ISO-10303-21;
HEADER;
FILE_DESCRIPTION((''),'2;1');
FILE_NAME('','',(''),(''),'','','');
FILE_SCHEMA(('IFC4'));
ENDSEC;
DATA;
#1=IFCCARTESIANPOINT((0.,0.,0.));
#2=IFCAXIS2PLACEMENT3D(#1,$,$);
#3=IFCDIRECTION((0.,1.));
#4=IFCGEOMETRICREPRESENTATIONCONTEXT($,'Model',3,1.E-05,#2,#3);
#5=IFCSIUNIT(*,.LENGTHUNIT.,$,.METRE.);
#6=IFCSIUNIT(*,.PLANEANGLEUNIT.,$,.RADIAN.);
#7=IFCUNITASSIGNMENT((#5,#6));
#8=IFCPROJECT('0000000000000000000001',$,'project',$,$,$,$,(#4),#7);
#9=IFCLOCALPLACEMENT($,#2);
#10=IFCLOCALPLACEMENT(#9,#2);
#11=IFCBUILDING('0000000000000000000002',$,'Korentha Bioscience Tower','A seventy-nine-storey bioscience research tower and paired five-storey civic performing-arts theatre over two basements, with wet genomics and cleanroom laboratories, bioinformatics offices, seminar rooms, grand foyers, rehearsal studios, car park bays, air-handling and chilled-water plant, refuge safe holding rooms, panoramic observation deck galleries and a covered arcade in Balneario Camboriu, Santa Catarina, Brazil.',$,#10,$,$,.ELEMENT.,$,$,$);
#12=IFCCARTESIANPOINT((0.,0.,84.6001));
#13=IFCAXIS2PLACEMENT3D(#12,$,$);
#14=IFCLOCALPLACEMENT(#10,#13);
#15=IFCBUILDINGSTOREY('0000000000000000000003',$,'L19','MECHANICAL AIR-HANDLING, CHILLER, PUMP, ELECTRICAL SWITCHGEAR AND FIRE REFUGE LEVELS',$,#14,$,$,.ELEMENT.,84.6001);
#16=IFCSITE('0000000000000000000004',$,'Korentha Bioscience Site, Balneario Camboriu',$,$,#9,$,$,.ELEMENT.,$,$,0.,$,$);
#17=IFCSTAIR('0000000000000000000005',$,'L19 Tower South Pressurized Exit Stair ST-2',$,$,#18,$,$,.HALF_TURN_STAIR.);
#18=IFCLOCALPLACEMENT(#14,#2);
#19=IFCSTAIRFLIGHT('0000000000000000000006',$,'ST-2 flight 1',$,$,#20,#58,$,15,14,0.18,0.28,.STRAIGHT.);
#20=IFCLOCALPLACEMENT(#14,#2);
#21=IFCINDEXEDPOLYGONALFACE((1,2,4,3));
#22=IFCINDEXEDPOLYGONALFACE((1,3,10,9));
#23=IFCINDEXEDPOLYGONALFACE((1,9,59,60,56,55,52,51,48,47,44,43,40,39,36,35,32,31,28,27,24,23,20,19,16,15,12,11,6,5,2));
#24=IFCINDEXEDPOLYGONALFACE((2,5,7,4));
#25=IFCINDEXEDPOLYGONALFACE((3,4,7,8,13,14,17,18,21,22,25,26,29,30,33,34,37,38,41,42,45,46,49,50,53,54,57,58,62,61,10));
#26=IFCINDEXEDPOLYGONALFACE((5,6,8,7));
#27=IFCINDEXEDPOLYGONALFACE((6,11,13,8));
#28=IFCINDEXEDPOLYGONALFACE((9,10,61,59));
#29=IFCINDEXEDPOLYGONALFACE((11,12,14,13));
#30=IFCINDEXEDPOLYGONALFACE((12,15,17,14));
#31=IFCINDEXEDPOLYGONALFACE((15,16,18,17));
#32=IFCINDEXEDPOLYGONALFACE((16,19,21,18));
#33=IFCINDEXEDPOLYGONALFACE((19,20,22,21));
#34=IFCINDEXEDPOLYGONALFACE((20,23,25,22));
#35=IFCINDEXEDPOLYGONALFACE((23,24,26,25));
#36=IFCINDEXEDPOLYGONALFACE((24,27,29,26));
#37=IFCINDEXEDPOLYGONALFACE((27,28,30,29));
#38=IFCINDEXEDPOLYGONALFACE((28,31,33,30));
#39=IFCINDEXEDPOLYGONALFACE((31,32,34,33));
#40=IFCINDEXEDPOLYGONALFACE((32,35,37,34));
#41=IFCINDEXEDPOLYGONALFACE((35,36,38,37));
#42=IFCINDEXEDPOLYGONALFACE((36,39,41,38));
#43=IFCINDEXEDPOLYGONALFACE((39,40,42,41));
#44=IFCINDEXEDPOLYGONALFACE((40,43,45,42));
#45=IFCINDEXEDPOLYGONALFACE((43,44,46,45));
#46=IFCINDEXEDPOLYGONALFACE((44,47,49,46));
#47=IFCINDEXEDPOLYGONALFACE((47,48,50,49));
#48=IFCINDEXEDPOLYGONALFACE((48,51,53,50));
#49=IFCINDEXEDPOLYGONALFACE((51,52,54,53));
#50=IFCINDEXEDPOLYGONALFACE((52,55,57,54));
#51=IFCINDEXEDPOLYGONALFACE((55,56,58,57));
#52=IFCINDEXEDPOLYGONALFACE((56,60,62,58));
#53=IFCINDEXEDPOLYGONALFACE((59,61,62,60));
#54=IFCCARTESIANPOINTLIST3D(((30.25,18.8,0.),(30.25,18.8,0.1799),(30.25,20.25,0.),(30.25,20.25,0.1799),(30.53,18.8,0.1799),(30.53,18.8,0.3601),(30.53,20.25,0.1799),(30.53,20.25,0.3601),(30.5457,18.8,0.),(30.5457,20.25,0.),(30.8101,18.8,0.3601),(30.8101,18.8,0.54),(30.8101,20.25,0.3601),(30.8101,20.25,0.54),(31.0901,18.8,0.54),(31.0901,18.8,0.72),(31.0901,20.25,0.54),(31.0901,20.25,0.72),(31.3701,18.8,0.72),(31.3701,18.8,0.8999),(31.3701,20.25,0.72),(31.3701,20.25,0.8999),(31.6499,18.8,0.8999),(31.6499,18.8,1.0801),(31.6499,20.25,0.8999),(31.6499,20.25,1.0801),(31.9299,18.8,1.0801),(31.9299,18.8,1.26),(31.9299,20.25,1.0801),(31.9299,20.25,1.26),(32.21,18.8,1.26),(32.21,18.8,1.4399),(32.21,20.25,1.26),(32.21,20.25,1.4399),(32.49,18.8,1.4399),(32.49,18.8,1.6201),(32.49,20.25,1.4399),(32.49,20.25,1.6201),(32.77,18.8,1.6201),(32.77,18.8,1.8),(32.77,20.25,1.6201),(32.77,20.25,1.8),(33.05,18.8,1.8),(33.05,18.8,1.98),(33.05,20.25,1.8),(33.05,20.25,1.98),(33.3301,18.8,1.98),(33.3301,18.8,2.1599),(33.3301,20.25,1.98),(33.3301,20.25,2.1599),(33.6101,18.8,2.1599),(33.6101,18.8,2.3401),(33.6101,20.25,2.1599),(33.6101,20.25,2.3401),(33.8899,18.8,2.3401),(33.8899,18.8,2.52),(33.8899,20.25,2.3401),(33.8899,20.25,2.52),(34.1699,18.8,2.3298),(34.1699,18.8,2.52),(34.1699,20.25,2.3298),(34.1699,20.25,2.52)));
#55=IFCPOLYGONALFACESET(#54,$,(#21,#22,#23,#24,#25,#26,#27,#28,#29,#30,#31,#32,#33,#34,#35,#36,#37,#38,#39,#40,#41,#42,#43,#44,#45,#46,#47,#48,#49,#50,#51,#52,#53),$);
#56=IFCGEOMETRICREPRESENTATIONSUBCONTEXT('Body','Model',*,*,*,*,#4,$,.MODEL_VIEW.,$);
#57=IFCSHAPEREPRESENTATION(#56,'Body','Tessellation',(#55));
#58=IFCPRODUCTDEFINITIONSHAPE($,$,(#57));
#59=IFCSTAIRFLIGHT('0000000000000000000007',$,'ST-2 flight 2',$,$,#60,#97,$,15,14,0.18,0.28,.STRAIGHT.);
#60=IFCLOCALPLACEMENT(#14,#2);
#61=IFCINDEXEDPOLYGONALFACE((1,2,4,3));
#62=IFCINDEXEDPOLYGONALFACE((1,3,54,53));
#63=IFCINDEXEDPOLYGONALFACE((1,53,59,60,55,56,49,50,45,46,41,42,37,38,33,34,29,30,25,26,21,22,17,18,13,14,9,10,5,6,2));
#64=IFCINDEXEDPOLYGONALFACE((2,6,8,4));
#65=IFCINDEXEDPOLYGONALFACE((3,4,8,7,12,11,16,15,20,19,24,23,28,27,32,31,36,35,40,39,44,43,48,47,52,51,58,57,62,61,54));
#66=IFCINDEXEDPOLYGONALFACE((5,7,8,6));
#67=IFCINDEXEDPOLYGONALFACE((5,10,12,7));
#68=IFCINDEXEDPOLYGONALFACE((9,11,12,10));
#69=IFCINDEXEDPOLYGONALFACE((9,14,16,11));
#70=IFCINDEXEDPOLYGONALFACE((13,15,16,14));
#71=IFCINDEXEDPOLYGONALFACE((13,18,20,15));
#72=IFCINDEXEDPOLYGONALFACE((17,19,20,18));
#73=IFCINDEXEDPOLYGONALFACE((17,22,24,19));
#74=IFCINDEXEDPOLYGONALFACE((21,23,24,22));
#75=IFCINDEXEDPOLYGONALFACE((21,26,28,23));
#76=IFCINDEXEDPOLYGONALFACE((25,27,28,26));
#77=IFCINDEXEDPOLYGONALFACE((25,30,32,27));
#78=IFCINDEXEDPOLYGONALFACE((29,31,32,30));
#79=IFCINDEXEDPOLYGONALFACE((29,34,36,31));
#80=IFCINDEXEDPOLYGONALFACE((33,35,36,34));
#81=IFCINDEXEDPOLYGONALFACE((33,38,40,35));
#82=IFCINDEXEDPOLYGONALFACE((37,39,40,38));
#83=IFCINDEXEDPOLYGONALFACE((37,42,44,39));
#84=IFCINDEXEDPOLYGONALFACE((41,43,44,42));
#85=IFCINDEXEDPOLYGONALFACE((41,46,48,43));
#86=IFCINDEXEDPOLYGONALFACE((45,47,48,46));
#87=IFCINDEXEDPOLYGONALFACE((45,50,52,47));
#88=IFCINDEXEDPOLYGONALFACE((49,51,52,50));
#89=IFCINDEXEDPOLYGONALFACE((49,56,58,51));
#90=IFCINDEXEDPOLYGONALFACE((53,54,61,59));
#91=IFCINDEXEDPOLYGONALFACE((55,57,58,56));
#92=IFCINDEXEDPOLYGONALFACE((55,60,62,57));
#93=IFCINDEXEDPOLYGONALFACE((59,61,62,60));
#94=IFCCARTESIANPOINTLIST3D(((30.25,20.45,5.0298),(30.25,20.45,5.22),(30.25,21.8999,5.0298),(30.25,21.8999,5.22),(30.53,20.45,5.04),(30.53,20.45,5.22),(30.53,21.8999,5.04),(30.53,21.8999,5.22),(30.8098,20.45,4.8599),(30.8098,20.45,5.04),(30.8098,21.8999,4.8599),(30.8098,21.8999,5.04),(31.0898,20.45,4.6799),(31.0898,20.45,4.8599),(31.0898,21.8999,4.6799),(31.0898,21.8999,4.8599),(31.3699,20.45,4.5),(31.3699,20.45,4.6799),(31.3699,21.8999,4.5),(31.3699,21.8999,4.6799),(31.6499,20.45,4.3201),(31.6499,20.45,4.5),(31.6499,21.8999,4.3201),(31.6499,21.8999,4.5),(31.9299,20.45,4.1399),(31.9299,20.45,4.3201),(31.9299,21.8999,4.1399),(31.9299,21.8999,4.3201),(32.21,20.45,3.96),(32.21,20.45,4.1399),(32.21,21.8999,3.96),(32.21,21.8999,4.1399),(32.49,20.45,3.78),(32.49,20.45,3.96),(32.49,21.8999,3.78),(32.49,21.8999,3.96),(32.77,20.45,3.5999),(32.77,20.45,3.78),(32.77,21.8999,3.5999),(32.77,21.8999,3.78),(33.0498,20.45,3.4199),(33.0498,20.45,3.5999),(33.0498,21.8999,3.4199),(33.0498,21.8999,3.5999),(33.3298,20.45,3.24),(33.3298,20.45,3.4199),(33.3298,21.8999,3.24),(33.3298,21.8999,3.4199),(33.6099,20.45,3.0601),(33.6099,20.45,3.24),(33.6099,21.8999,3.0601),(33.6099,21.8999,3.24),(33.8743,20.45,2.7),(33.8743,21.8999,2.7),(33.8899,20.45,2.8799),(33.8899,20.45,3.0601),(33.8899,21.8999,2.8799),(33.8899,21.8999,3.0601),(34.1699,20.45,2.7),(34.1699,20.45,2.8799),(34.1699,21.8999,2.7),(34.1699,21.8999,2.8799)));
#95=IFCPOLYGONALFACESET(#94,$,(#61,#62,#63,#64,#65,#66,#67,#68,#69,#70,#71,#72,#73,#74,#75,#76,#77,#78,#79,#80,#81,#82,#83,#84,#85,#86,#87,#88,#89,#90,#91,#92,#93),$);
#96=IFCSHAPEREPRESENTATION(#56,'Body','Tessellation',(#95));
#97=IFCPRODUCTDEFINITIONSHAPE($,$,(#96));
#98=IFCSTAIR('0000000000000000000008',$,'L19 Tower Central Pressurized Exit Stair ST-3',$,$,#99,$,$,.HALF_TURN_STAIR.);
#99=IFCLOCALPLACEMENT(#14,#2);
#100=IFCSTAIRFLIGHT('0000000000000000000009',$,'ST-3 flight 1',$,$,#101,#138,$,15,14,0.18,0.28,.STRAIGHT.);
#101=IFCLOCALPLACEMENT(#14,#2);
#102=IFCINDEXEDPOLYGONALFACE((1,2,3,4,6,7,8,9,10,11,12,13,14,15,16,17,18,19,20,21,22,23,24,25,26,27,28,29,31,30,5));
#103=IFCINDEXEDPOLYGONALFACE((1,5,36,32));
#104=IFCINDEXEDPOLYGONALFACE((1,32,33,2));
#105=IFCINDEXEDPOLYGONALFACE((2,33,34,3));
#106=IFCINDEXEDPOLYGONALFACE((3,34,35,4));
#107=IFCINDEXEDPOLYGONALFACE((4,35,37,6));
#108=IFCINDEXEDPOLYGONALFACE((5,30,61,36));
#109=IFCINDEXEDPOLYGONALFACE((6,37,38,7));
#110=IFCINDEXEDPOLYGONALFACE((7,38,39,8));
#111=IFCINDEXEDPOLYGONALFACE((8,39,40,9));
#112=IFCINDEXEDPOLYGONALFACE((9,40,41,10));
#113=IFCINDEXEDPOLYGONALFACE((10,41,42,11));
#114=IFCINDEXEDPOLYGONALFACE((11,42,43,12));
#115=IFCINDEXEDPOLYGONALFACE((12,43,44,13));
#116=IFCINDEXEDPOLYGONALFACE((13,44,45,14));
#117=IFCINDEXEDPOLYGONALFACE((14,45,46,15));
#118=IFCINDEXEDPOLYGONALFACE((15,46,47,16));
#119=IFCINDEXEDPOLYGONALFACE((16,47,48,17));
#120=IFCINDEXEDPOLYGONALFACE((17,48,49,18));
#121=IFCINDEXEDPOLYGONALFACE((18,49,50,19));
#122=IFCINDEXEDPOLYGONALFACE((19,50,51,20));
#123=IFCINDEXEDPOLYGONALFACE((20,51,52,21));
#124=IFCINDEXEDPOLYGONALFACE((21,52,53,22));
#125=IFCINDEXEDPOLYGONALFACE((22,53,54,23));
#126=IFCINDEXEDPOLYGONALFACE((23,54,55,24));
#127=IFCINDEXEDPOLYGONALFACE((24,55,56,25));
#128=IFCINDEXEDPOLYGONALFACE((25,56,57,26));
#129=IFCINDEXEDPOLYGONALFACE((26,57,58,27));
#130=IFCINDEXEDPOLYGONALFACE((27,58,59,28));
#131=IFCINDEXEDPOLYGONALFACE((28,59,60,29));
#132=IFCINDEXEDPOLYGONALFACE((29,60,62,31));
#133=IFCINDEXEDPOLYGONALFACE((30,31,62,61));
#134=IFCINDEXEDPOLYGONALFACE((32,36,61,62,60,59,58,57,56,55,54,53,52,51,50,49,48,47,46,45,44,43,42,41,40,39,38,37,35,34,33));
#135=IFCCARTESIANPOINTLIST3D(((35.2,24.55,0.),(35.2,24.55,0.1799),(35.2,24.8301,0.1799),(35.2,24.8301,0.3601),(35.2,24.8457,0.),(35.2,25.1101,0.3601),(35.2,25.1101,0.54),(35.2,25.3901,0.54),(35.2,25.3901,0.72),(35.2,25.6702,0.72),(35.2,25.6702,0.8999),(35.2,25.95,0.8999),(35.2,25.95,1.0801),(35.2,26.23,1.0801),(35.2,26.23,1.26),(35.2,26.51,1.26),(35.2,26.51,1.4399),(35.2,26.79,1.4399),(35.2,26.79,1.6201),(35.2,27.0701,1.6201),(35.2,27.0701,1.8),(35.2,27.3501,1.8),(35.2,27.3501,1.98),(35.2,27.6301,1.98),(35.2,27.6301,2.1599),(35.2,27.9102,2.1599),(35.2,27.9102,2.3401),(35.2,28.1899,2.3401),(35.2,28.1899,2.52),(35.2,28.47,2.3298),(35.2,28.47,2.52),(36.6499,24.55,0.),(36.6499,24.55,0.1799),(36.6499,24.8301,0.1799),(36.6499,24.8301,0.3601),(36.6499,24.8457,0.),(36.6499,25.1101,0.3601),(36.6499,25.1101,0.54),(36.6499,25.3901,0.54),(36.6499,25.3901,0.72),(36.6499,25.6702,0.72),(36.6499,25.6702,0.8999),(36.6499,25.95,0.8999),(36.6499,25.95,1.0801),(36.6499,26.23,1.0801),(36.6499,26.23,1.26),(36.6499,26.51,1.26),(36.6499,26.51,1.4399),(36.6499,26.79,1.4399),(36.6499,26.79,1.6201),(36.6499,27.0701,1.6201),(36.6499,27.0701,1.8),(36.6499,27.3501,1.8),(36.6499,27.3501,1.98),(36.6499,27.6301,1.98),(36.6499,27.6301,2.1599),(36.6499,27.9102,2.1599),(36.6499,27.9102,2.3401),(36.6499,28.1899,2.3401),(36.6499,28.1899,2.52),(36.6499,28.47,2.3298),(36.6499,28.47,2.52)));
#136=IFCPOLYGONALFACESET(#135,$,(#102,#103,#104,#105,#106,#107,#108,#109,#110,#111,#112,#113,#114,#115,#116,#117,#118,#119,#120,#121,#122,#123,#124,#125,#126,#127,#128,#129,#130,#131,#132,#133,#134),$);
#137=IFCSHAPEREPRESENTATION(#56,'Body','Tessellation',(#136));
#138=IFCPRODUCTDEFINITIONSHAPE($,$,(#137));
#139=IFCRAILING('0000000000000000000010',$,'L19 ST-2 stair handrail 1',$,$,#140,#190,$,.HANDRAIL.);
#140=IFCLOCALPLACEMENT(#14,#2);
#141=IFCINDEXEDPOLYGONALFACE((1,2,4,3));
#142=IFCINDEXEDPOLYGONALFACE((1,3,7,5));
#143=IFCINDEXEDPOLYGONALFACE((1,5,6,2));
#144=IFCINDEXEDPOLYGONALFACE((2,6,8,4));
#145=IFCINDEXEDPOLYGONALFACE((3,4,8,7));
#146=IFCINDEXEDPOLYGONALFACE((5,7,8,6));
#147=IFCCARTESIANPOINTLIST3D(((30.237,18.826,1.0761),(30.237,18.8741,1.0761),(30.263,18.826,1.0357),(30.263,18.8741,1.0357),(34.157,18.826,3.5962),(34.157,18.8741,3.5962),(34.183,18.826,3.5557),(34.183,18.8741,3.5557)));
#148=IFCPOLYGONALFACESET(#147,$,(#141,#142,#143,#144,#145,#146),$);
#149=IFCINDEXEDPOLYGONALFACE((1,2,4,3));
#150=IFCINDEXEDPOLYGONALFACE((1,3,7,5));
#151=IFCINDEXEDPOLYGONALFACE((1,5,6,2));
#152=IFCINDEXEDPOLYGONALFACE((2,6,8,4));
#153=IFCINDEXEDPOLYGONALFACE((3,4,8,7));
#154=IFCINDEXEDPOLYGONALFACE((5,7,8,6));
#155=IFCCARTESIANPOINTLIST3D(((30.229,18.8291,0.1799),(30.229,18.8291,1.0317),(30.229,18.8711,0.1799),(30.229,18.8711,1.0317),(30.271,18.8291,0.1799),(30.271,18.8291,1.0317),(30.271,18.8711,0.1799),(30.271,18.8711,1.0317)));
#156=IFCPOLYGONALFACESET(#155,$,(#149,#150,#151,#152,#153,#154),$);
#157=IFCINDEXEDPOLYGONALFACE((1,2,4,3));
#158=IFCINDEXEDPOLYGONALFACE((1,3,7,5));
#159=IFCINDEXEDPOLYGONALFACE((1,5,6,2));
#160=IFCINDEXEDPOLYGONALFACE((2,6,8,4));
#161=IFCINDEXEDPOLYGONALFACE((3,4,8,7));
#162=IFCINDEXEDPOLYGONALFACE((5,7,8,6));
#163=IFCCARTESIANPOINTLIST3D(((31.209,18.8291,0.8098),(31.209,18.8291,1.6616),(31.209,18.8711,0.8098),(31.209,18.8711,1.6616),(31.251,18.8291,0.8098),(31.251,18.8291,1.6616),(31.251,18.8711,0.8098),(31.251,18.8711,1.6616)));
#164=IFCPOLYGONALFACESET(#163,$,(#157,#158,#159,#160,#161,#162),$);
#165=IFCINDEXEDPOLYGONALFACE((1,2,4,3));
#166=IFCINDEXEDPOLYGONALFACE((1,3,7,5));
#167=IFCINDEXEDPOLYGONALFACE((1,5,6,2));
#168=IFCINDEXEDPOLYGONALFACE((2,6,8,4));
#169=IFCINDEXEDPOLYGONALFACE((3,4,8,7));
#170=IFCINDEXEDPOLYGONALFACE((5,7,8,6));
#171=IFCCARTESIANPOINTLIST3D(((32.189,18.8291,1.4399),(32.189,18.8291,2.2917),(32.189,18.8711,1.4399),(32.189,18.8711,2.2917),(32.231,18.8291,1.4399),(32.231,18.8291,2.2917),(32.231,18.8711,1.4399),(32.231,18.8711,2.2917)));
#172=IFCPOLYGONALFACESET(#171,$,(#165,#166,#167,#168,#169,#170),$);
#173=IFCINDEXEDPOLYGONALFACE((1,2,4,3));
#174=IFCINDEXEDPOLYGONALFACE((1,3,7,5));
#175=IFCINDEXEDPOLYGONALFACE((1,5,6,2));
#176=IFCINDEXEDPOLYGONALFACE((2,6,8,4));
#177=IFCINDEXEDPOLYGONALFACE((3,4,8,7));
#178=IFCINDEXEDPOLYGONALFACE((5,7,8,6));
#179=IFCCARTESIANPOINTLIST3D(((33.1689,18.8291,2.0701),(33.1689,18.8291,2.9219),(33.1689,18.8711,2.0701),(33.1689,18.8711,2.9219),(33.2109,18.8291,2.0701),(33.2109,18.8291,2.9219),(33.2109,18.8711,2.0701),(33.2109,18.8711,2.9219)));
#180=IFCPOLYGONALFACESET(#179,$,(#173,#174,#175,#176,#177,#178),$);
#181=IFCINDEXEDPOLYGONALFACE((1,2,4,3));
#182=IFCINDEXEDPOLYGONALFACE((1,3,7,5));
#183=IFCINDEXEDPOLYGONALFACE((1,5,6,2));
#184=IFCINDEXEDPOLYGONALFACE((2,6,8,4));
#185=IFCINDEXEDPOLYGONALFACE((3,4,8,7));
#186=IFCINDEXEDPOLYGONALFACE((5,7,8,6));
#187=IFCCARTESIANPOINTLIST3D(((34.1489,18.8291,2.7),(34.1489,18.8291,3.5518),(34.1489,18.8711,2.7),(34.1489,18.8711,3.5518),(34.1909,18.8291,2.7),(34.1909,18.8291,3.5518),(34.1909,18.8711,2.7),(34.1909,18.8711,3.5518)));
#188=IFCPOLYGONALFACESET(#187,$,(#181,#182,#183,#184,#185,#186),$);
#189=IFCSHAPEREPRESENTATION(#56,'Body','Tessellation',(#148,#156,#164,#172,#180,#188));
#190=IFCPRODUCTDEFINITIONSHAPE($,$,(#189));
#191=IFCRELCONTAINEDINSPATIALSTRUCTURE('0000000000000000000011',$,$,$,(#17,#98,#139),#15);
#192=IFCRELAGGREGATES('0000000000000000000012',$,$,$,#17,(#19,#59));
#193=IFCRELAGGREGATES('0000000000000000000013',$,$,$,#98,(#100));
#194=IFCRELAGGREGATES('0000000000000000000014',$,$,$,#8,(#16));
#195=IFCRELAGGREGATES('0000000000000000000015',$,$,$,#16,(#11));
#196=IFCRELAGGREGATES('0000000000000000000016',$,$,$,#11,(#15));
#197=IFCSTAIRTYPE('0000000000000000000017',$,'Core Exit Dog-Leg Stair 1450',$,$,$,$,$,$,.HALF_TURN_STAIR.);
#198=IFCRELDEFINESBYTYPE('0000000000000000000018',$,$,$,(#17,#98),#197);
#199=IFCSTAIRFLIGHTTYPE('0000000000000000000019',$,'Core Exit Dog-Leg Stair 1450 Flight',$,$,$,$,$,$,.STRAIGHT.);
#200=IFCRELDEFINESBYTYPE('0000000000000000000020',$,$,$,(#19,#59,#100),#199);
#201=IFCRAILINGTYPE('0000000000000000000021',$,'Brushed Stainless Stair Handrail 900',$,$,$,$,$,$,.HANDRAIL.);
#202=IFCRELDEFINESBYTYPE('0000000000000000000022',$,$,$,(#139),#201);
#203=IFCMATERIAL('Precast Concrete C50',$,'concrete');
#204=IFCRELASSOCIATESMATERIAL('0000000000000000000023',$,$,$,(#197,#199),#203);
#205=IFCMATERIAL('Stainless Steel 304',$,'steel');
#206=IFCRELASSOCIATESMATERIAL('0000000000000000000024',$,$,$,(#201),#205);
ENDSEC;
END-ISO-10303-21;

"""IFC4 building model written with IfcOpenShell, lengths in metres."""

from ifc_helpers import new_model, si_unit, direction, frame, origin, origin_2d, place, context, subcontext, project, spatial, polyline, rectangle, outline, extrude, material, type_object, element, aggregate, save


model = new_model("IFC4")

# Units and contexts
model_context = context("Model", 3, precision=1e-05, world=origin(), true_north=direction((0.0, 1.0)))
body_context = subcontext(model_context, "Body", "Model", "MODEL_VIEW")
ifc_project = project(units=[si_unit("LENGTHUNIT", "METRE"), si_unit("PLANEANGLEUNIT", "RADIAN")], contexts=[model_context])

# Site, building, storey
site_placement = place(None, origin())
site = spatial("IfcSite", under=ifc_project, at=site_placement, Name="Korentha Bioscience Site, Balneario Camboriu", CompositionType="ELEMENT", RefElevation=0.0)
building_placement = place(site_placement, origin())
building = spatial("IfcBuilding", under=site, at=building_placement, Name="Korentha Bioscience Tower", Description="A seventy-nine-storey bioscience research tower and paired five-storey civic performing-arts theatre over two basements, with wet genomics and cleanroom laboratories, bioinformatics offices, seminar rooms, grand foyers, rehearsal studios, car park bays, air-handling and chilled-water plant, refuge safe holding rooms, panoramic observation deck galleries and a covered arcade in Balneario Camboriu, Santa Catarina, Brazil.", CompositionType="ELEMENT")
storey_placement = place(building_placement, frame((0.0, 0.0, 84.6001)))
storey = spatial("IfcBuildingStorey", under=building, at=storey_placement, Name="L19", Description="MECHANICAL AIR-HANDLING, CHILLER, PUMP, ELECTRICAL SWITCHGEAR AND FIRE REFUGE LEVELS", CompositionType="ELEMENT", Elevation=84.6001)

# Stair, stair flights
ifc_material_1 = material(Name="Precast Concrete C50", Category="concrete")
stair_type = type_object("IfcStairType", Name="Core Exit Dog-Leg Stair 1450", PredefinedType="HALF_TURN_STAIR", material=ifc_material_1)
stair_1_placement = place(storey_placement, origin())
stair_1 = element("IfcStair", 1, at=stair_1_placement, inside=storey, type_object=stair_type, Name="L19 Tower South Pressurized Exit Stair ST-2", PredefinedType="HALF_TURN_STAIR")
stair_flight_type = type_object("IfcStairFlightType", Name="Core Exit Dog-Leg Stair 1450 Flight", PredefinedType="STRAIGHT", material=ifc_material_1)
stair_flight_1_placement = place(storey_placement, frame((30.25, 19.5249, 0.0), z_axis=(0.0, 0.0, 1.0), x_axis=(1.0, 0.0, 0.0)))
stair_flight_1 = element("IfcStairFlight", 2, at=stair_flight_1_placement, type_object=stair_flight_type, Name="ST-2 flight 1", NumberOfRisers=15, NumberOfTreads=14, PredefinedType="STRAIGHT", RiserHeight=0.18, TreadLength=0.28, context=body_context, shape_type="SweptSolid", body=[
    extrude(outline(polyline([(0.0, 0.0), (0.0, 0.1799), (0.28, 0.1799), (0.28, 0.3601), (0.5601, 0.3601), (0.5601, 0.54), (0.8401, 0.54), (0.8401, 0.72), (1.1201, 0.72), (1.1201, 0.8999), (1.3999, 0.8999), (1.3999, 1.0801), (1.6799, 1.0801), (1.6799, 1.26), (1.96, 1.26), (1.96, 1.4399), (2.24, 1.4399), (2.24, 1.6201), (2.52, 1.6201), (2.52, 1.8), (2.8, 1.8), (2.8, 1.98), (3.0801, 1.98), (3.0801, 2.1599), (3.3601, 2.1599), (3.3601, 2.3401), (3.6399, 2.3401), (3.6399, 2.52), (3.9199, 2.52), (3.9199, 2.7), (3.9199, 2.3298), (0.2957, 0.0), (0.0, 0.0)])), frame((0.0, 0.7251, 0.0), z_axis=(0.0, -1.0, 0.0), x_axis=(1.0, 0.0, 0.0)), (0.0, 0.0, 1.0), 1.45),
])
stair_flight_2_placement = place(storey_placement, frame((34.1699, 21.175, 2.7), z_axis=(0.0, 0.0, 1.0), x_axis=(-1.0, 0.0, 0.0)))
stair_flight_2 = element("IfcStairFlight", 3, at=stair_flight_2_placement, type_object=stair_flight_type, Name="ST-2 flight 2", NumberOfRisers=15, NumberOfTreads=14, PredefinedType="STRAIGHT", RiserHeight=0.18, TreadLength=0.28, context=body_context, shape_type="SweptSolid", body=[
    extrude(outline(polyline([(0.0, 0.0), (0.0, 0.1799), (0.28, 0.1799), (0.28, 0.3601), (0.5601, 0.3601), (0.5601, 0.54), (0.8401, 0.54), (0.8401, 0.72), (1.1201, 0.72), (1.1201, 0.8999), (1.3999, 0.8999), (1.3999, 1.0801), (1.6799, 1.0801), (1.6799, 1.26), (1.96, 1.26), (1.96, 1.4399), (2.24, 1.4399), (2.24, 1.6201), (2.52, 1.6201), (2.52, 1.8), (2.8, 1.8), (2.8, 1.98), (3.0801, 1.98), (3.0801, 2.1599), (3.3601, 2.1599), (3.3601, 2.3401), (3.6399, 2.3401), (3.6399, 2.52), (3.9199, 2.52), (3.9199, 2.7), (3.9199, 2.3298), (0.2957, 0.0), (0.0, 0.0)])), frame((0.0, 0.7251, 0.0), z_axis=(0.0, -1.0, 0.0), x_axis=(1.0, 0.0, 0.0)), (0.0, 0.0, 1.0), 1.45),
])
aggregate(stair_1, [stair_flight_1, stair_flight_2])

# Stair, stair flight
stair_2_placement = place(storey_placement, origin())
stair_2 = element("IfcStair", 4, at=stair_2_placement, inside=storey, type_object=stair_type, Name="L19 Tower Central Pressurized Exit Stair ST-3", PredefinedType="HALF_TURN_STAIR")
stair_flight_3_placement = place(storey_placement, frame((35.925, 24.55, 0.0), z_axis=(0.0, 0.0, 1.0), x_axis=(0.0, 1.0, 0.0)))
stair_flight_3 = element("IfcStairFlight", 5, at=stair_flight_3_placement, type_object=stair_flight_type, Name="ST-3 flight 1", NumberOfRisers=15, NumberOfTreads=14, PredefinedType="STRAIGHT", RiserHeight=0.18, TreadLength=0.28, context=body_context, shape_type="SweptSolid", body=[
    extrude(outline(polyline([(0.0, 0.0), (0.0, 0.1799), (0.28, 0.1799), (0.28, 0.3601), (0.5601, 0.3601), (0.5601, 0.54), (0.8401, 0.54), (0.8401, 0.72), (1.1201, 0.72), (1.1201, 0.8999), (1.3999, 0.8999), (1.3999, 1.0801), (1.6799, 1.0801), (1.6799, 1.26), (1.96, 1.26), (1.96, 1.4399), (2.24, 1.4399), (2.24, 1.6201), (2.52, 1.6201), (2.52, 1.8), (2.8, 1.8), (2.8, 1.98), (3.0801, 1.98), (3.0801, 2.1599), (3.3601, 2.1599), (3.3601, 2.3401), (3.6399, 2.3401), (3.6399, 2.52), (3.9199, 2.52), (3.9199, 2.7), (3.9199, 2.3298), (0.2957, 0.0), (0.0, 0.0)])), frame((0.0, 0.7251, 0.0), z_axis=(0.0, -1.0, 0.0), x_axis=(1.0, 0.0, 0.0)), (0.0, 0.0, 1.0), 1.45),
])
aggregate(stair_2, [stair_flight_3])

# Railing
ifc_material_2 = material(Name="Stainless Steel 304", Category="steel")
railing_type_1 = type_object("IfcRailingType", Name="Brushed Stainless Stair Handrail 900", PredefinedType="HANDRAIL", material=ifc_material_2)
railing_1_placement = place(storey_placement, frame((30.25, 18.8501, 0.1799)))
element("IfcRailing", 6, at=railing_1_placement, inside=storey, type_object=railing_type_1, Name="L19 ST-2 stair handrail 1", PredefinedType="HANDRAIL", context=body_context, shape_type="SweptSolid", body=[
    extrude(rectangle(XDim=0.0481, YDim=0.0481, at=origin_2d()), frame((0.0, 0.0, 0.876), z_axis=(0.841172, 0.0, 0.540768), x_axis=(0.0, 1.0, 0.0)), (0.0, 0.0, 1.0), 4.6602),
    extrude(rectangle(XDim=0.042, YDim=0.042, at=origin_2d()), origin(), (0.0, 0.0, 1.0), 0.8518),
    extrude(rectangle(XDim=0.042, YDim=0.042, at=origin_2d()), frame((0.98, 0.0, 0.6299)), (0.0, 0.0, 1.0), 0.8518),
    extrude(rectangle(XDim=0.042, YDim=0.042, at=origin_2d()), frame((1.96, 0.0, 1.26)), (0.0, 0.0, 1.0), 0.8518),
    extrude(rectangle(XDim=0.042, YDim=0.042, at=origin_2d()), frame((2.9399, 0.0, 1.8901)), (0.0, 0.0, 1.0), 0.8518),
    extrude(rectangle(XDim=0.042, YDim=0.042, at=origin_2d()), frame((3.9199, 0.0, 2.52)), (0.0, 0.0, 1.0), 0.8518),
])

save(model, "model.ifc")
